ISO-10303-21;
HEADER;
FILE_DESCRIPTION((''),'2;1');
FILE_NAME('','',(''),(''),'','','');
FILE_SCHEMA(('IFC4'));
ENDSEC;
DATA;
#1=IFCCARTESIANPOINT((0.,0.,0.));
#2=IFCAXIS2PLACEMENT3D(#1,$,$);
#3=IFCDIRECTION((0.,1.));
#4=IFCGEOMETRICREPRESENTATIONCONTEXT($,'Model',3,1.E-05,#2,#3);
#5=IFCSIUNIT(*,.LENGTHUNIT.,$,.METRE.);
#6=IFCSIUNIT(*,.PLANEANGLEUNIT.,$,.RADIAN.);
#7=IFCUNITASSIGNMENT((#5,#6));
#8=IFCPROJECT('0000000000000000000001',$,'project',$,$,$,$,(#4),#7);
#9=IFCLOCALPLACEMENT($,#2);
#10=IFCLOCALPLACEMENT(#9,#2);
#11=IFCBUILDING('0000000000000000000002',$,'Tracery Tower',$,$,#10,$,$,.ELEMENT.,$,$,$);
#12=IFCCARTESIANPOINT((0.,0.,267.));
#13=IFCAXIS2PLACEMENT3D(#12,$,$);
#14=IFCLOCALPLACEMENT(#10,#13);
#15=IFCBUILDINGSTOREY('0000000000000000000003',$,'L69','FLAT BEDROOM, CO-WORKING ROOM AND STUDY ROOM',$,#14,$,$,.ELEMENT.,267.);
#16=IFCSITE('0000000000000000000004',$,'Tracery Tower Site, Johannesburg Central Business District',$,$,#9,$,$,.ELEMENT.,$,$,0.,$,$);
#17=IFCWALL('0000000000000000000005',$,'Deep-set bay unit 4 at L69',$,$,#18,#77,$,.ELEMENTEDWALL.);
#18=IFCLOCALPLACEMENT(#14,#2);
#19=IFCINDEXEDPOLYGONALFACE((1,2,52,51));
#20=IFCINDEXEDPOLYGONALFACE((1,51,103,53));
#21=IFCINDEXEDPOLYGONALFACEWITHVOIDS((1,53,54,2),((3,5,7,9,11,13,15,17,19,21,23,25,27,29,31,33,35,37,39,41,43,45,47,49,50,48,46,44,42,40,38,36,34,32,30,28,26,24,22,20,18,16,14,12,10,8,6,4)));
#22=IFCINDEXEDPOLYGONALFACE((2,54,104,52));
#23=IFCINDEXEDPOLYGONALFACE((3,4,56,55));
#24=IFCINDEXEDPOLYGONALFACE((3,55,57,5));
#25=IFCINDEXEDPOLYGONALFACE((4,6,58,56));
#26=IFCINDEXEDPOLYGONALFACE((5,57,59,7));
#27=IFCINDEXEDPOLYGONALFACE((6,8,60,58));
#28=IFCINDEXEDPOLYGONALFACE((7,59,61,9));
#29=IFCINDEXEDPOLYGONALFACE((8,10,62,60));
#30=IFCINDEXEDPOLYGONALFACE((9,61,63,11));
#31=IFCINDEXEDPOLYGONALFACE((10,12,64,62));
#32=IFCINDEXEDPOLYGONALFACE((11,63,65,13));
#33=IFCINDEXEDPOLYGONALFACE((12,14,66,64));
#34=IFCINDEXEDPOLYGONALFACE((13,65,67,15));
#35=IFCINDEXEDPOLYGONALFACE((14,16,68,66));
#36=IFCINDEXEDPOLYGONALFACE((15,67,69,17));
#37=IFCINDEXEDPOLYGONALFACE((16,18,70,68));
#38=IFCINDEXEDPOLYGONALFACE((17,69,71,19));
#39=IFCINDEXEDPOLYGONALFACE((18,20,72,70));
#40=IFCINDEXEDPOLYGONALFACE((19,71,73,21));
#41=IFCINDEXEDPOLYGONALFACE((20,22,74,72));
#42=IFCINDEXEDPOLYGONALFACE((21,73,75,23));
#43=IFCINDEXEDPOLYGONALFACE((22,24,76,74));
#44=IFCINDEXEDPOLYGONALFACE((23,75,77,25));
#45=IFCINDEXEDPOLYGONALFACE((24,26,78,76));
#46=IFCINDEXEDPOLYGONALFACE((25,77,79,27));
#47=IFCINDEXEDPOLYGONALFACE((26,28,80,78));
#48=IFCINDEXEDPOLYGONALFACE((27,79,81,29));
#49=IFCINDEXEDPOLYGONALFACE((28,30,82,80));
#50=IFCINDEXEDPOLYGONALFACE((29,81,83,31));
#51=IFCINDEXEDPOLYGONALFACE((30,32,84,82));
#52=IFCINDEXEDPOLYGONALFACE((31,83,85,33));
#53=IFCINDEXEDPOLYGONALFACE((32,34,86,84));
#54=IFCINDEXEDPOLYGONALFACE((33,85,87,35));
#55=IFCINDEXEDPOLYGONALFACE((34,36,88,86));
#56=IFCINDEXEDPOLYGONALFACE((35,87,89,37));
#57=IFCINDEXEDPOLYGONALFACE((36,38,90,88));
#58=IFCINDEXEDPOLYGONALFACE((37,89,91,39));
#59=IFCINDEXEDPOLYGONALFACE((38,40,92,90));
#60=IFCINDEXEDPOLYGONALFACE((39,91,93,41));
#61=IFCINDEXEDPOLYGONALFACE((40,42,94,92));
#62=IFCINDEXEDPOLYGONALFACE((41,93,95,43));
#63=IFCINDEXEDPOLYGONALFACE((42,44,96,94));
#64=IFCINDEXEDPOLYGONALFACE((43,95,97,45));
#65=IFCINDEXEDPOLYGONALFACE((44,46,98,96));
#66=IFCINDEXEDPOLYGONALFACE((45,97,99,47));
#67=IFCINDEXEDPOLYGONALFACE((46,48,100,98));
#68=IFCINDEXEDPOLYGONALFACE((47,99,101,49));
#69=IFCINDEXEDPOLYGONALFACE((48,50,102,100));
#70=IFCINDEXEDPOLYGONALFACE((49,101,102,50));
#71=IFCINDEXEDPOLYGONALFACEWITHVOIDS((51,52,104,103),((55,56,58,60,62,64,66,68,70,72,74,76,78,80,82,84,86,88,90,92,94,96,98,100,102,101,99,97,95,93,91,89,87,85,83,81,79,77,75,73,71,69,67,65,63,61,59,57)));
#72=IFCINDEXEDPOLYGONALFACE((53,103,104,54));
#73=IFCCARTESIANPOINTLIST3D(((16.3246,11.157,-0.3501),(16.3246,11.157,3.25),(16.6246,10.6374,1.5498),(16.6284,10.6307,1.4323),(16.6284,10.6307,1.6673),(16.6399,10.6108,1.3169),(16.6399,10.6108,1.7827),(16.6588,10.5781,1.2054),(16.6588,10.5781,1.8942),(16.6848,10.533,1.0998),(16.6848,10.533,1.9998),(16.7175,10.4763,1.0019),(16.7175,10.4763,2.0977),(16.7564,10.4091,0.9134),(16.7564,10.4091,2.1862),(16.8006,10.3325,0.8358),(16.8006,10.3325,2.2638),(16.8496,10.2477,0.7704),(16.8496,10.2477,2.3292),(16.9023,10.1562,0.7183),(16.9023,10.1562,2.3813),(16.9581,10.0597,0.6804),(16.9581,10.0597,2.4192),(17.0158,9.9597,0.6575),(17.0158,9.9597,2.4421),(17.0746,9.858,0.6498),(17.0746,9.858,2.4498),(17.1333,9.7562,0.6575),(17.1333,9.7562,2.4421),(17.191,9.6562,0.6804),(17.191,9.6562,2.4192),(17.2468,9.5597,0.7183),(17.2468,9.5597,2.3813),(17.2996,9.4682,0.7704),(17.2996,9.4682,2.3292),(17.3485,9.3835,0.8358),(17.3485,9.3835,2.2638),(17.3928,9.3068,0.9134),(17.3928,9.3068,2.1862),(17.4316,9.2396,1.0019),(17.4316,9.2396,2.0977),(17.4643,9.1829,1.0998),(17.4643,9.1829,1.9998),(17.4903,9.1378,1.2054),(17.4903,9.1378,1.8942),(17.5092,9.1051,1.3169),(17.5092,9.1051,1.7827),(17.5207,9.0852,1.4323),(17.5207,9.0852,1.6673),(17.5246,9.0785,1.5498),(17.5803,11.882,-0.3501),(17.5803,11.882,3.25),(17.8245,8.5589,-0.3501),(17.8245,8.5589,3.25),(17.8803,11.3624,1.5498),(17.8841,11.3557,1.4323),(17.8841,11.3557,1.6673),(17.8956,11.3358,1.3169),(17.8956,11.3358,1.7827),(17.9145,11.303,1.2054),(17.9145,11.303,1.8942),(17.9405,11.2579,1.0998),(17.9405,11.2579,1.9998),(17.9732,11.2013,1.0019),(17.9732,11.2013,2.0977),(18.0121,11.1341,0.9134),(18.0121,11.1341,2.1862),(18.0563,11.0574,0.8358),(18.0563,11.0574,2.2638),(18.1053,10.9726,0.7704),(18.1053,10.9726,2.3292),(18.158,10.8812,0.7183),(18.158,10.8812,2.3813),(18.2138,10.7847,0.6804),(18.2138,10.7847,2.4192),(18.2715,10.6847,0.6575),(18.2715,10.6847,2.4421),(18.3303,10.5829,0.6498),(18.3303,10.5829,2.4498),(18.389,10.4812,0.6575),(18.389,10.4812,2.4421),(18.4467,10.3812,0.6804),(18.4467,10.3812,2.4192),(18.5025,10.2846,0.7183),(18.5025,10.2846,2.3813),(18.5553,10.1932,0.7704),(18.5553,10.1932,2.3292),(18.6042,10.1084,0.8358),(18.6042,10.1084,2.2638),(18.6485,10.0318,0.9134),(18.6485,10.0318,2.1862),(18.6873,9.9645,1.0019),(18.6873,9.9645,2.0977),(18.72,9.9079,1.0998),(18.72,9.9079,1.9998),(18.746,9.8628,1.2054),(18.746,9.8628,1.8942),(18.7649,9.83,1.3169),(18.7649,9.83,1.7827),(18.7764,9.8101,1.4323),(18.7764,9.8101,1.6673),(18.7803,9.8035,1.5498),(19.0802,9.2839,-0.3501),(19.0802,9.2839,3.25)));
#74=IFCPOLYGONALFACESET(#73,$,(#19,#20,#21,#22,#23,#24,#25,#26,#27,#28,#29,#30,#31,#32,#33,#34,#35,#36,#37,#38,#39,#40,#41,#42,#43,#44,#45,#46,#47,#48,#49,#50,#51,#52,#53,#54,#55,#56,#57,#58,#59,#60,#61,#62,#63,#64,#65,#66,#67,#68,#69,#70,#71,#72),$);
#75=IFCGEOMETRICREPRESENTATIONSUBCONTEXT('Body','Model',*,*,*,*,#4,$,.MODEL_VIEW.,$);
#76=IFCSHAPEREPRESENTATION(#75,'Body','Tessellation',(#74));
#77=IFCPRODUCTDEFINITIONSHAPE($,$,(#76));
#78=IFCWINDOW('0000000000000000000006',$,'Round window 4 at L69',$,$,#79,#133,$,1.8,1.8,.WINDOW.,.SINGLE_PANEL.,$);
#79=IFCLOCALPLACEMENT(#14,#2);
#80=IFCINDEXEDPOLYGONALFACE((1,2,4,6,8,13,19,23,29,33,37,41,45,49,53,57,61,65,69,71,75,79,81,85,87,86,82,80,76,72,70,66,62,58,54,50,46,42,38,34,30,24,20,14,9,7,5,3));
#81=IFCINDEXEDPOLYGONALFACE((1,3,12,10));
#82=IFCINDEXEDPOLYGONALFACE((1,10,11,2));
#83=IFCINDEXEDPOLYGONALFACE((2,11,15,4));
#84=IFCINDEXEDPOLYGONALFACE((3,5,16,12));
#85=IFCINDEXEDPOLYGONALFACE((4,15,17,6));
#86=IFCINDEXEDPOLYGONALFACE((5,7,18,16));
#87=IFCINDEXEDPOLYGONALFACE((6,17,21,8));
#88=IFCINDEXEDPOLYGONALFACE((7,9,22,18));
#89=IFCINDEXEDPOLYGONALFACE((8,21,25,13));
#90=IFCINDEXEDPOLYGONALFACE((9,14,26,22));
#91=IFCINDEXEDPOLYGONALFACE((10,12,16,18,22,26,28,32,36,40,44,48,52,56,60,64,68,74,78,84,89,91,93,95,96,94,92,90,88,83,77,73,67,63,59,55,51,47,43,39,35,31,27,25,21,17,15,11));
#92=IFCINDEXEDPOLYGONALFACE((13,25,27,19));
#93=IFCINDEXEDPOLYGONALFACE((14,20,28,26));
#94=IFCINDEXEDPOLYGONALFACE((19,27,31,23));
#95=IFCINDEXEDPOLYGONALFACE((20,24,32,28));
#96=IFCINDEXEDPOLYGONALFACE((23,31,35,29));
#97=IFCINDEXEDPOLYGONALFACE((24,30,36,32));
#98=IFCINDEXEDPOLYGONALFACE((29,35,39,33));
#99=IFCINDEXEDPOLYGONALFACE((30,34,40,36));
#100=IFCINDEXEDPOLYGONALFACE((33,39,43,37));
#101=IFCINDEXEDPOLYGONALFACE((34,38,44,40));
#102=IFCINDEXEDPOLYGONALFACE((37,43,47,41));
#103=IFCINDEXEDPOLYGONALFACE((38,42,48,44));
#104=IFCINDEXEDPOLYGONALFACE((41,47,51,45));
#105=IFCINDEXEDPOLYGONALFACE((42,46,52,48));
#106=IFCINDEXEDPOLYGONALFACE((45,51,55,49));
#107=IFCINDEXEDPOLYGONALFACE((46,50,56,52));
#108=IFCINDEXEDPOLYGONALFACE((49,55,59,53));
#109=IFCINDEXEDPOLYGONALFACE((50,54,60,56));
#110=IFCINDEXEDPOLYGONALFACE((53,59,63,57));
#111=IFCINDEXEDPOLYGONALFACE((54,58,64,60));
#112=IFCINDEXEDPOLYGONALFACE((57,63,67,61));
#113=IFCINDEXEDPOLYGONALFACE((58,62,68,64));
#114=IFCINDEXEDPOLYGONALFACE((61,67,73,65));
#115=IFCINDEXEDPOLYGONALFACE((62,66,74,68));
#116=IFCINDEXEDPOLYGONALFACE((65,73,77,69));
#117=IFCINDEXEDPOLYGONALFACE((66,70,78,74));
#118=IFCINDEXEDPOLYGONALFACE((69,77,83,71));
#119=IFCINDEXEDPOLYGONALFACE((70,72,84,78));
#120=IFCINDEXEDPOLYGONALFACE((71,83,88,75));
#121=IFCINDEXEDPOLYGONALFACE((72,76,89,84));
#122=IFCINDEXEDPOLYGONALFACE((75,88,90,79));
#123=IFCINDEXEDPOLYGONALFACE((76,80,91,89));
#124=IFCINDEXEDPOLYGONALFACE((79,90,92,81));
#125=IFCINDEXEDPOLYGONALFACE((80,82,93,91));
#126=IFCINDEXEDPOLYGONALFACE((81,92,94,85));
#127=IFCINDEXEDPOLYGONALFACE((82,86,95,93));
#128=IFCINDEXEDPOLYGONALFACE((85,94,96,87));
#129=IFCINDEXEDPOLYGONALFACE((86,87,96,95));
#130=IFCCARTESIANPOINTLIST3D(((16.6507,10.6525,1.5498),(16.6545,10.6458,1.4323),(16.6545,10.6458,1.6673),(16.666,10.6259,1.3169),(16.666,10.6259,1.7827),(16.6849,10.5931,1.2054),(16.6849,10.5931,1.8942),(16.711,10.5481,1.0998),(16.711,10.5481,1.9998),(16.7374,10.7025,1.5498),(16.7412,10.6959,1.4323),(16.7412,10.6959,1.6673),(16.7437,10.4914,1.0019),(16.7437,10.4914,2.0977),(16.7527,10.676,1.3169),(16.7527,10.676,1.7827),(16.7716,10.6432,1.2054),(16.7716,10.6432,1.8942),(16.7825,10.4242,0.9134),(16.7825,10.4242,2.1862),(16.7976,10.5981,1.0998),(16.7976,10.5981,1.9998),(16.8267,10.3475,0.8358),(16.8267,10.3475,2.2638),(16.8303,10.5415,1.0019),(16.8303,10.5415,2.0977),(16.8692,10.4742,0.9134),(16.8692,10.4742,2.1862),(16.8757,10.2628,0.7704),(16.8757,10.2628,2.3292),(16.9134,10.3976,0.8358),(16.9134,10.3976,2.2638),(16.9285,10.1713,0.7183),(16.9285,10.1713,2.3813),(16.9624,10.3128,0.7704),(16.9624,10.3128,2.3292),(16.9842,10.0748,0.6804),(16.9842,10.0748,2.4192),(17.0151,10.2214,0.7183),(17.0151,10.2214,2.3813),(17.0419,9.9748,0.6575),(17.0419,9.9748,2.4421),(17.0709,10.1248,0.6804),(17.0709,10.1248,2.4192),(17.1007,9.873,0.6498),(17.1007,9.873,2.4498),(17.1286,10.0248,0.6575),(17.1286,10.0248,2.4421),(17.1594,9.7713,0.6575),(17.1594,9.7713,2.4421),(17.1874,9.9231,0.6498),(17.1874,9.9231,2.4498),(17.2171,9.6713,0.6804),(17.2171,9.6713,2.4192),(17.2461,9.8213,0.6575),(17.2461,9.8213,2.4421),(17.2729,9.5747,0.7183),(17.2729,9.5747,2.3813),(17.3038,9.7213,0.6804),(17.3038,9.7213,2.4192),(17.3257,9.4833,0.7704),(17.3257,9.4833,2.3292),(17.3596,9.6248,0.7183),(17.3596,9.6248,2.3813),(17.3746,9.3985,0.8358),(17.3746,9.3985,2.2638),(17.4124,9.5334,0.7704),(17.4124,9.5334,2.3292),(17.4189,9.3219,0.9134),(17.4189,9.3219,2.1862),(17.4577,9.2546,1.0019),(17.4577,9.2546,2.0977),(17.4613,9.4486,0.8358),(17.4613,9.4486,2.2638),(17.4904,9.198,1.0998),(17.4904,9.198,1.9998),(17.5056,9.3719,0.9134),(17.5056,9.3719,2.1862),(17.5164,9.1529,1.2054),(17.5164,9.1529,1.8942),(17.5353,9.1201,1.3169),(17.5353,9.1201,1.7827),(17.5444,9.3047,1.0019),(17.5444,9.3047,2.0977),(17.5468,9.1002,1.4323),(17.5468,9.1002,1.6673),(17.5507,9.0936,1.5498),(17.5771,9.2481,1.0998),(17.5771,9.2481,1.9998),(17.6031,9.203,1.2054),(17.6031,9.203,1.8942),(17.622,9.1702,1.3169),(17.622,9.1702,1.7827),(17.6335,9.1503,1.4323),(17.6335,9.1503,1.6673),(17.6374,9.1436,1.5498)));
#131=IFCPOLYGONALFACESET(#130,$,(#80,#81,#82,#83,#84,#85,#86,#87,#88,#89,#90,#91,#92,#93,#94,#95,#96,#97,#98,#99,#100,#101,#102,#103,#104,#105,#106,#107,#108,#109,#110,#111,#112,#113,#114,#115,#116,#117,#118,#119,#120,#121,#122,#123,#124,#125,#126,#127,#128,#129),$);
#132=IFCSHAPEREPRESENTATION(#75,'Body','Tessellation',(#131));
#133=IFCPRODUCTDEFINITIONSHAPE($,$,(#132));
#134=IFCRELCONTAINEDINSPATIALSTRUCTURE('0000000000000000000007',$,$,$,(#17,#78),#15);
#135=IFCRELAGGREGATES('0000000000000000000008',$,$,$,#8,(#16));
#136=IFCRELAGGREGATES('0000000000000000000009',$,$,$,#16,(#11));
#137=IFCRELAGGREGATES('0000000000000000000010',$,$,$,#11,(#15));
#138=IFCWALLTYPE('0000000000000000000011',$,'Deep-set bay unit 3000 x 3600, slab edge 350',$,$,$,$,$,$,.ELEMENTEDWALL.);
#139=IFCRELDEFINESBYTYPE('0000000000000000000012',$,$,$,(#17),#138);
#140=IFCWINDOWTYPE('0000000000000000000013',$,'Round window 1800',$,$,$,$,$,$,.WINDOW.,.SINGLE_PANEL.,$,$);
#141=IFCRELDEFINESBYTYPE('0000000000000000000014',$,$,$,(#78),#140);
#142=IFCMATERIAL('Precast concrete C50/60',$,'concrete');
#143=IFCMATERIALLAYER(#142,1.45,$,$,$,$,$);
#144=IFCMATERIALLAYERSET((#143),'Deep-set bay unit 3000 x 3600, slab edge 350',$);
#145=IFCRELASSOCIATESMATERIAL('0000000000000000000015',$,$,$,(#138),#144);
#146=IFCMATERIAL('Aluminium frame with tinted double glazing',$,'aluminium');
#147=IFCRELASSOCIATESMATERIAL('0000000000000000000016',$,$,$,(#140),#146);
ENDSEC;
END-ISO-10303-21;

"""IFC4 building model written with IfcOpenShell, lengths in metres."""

from ifc_helpers import new_model, si_unit, direction, frame, frame_2d, origin, origin_2d, place, context, subcontext, project, spatial, rectangle, circle, extrude, material, layer, layer_set, type_object, element, fill, save


model = new_model("IFC4")

# Units and contexts
model_context = context("Model", 3, precision=1e-05, world=origin(), true_north=direction((0.0, 1.0)))
body_context = subcontext(model_context, "Body", "Model", "MODEL_VIEW")
ifc_project = project(units=[si_unit("LENGTHUNIT", "METRE"), si_unit("PLANEANGLEUNIT", "RADIAN")], contexts=[model_context])

# Site, building, storey
site_placement = place(None, origin())
site = spatial("IfcSite", under=ifc_project, at=site_placement, Name="Tracery Tower Site, Johannesburg Central Business District", CompositionType="ELEMENT", RefElevation=0.0)
building_placement = place(site_placement, origin())
building = spatial("IfcBuilding", under=site, at=building_placement, Name="Tracery Tower", CompositionType="ELEMENT")
storey_placement = place(building_placement, frame((0.0, 0.0, 267.0)))
storey = spatial("IfcBuildingStorey", under=building, at=storey_placement, Name="L69", Description="FLAT BEDROOM, CO-WORKING ROOM AND STUDY ROOM", CompositionType="ELEMENT", Elevation=267.0)

# Wall, opening, window
ifc_material_1 = material(Name="Precast concrete C50/60", Category="concrete")
ifc_layer_1 = layer(ifc_material_1, 1.45)
ifc_layer_set_1 = layer_set([ifc_layer_1], Name="Deep-set bay unit 3000 x 3600, slab edge 350")
wall_type_1 = type_object("IfcWallType", Name="Deep-set bay unit 3000 x 3600, slab edge 350", PredefinedType="ELEMENTEDWALL", material=ifc_layer_set_1)
ifc_material_2 = material(Name="Aluminium frame with tinted double glazing", Category="aluminium")
window_type = type_object("IfcWindowType", Name="Round window 1800", PartitioningType="SINGLE_PANEL", PredefinedType="WINDOW", material=ifc_material_2)
wall_1_placement = place(storey_placement, frame((18.4524, 8.9214, -0.3501), z_axis=(0.0, 0.0, 1.0), x_axis=(-0.49999, 0.866031, 0.0)))
wall_1 = element("IfcWall", 1, at=wall_1_placement, inside=storey, type_object=wall_type_1, Name="Deep-set bay unit 4 at L69", PredefinedType="ELEMENTEDWALL", context=body_context, shape_type="SweptSolid", body=[
    extrude(rectangle(XDim=3.0, YDim=1.45, at=frame_2d((1.5, 0.0))), origin(), (0.0, 0.0, 1.0), 3.6001),
])
opening_1_placement = place(wall_1_placement, frame((1.5, 0.0, 1.8999)))
opening_1 = element("IfcOpeningElement", 2, at=opening_1_placement, cuts=wall_1, PredefinedType="OPENING", context=body_context, shape_type="SweptSolid", body=[
    extrude(circle(Radius=0.9, at=origin_2d()), frame((0.0, 0.7349, 0.0), z_axis=(0.0, -1.0, 0.0), x_axis=(1.0, 0.0, 0.0)), (0.0, 0.0, 1.0), 1.47),
])
window_1_placement = place(opening_1_placement, origin())
window_1 = element("IfcWindow", 3, at=window_1_placement, inside=storey, type_object=window_type, Name="Round window 4 at L69", OverallHeight=1.8, OverallWidth=1.8, PartitioningType="SINGLE_PANEL", PredefinedType="WINDOW", context=body_context, shape_type="SweptSolid", body=[
    extrude(circle(Radius=0.9, at=origin_2d()), frame((0.0, 0.6948, 0.0), z_axis=(0.0, -1.0, 0.0), x_axis=(1.0, 0.0, 0.0)), (0.0, 0.0, 1.0), 0.1001),
])
fill(opening_1, window_1)

save(model, "model.ifc")
